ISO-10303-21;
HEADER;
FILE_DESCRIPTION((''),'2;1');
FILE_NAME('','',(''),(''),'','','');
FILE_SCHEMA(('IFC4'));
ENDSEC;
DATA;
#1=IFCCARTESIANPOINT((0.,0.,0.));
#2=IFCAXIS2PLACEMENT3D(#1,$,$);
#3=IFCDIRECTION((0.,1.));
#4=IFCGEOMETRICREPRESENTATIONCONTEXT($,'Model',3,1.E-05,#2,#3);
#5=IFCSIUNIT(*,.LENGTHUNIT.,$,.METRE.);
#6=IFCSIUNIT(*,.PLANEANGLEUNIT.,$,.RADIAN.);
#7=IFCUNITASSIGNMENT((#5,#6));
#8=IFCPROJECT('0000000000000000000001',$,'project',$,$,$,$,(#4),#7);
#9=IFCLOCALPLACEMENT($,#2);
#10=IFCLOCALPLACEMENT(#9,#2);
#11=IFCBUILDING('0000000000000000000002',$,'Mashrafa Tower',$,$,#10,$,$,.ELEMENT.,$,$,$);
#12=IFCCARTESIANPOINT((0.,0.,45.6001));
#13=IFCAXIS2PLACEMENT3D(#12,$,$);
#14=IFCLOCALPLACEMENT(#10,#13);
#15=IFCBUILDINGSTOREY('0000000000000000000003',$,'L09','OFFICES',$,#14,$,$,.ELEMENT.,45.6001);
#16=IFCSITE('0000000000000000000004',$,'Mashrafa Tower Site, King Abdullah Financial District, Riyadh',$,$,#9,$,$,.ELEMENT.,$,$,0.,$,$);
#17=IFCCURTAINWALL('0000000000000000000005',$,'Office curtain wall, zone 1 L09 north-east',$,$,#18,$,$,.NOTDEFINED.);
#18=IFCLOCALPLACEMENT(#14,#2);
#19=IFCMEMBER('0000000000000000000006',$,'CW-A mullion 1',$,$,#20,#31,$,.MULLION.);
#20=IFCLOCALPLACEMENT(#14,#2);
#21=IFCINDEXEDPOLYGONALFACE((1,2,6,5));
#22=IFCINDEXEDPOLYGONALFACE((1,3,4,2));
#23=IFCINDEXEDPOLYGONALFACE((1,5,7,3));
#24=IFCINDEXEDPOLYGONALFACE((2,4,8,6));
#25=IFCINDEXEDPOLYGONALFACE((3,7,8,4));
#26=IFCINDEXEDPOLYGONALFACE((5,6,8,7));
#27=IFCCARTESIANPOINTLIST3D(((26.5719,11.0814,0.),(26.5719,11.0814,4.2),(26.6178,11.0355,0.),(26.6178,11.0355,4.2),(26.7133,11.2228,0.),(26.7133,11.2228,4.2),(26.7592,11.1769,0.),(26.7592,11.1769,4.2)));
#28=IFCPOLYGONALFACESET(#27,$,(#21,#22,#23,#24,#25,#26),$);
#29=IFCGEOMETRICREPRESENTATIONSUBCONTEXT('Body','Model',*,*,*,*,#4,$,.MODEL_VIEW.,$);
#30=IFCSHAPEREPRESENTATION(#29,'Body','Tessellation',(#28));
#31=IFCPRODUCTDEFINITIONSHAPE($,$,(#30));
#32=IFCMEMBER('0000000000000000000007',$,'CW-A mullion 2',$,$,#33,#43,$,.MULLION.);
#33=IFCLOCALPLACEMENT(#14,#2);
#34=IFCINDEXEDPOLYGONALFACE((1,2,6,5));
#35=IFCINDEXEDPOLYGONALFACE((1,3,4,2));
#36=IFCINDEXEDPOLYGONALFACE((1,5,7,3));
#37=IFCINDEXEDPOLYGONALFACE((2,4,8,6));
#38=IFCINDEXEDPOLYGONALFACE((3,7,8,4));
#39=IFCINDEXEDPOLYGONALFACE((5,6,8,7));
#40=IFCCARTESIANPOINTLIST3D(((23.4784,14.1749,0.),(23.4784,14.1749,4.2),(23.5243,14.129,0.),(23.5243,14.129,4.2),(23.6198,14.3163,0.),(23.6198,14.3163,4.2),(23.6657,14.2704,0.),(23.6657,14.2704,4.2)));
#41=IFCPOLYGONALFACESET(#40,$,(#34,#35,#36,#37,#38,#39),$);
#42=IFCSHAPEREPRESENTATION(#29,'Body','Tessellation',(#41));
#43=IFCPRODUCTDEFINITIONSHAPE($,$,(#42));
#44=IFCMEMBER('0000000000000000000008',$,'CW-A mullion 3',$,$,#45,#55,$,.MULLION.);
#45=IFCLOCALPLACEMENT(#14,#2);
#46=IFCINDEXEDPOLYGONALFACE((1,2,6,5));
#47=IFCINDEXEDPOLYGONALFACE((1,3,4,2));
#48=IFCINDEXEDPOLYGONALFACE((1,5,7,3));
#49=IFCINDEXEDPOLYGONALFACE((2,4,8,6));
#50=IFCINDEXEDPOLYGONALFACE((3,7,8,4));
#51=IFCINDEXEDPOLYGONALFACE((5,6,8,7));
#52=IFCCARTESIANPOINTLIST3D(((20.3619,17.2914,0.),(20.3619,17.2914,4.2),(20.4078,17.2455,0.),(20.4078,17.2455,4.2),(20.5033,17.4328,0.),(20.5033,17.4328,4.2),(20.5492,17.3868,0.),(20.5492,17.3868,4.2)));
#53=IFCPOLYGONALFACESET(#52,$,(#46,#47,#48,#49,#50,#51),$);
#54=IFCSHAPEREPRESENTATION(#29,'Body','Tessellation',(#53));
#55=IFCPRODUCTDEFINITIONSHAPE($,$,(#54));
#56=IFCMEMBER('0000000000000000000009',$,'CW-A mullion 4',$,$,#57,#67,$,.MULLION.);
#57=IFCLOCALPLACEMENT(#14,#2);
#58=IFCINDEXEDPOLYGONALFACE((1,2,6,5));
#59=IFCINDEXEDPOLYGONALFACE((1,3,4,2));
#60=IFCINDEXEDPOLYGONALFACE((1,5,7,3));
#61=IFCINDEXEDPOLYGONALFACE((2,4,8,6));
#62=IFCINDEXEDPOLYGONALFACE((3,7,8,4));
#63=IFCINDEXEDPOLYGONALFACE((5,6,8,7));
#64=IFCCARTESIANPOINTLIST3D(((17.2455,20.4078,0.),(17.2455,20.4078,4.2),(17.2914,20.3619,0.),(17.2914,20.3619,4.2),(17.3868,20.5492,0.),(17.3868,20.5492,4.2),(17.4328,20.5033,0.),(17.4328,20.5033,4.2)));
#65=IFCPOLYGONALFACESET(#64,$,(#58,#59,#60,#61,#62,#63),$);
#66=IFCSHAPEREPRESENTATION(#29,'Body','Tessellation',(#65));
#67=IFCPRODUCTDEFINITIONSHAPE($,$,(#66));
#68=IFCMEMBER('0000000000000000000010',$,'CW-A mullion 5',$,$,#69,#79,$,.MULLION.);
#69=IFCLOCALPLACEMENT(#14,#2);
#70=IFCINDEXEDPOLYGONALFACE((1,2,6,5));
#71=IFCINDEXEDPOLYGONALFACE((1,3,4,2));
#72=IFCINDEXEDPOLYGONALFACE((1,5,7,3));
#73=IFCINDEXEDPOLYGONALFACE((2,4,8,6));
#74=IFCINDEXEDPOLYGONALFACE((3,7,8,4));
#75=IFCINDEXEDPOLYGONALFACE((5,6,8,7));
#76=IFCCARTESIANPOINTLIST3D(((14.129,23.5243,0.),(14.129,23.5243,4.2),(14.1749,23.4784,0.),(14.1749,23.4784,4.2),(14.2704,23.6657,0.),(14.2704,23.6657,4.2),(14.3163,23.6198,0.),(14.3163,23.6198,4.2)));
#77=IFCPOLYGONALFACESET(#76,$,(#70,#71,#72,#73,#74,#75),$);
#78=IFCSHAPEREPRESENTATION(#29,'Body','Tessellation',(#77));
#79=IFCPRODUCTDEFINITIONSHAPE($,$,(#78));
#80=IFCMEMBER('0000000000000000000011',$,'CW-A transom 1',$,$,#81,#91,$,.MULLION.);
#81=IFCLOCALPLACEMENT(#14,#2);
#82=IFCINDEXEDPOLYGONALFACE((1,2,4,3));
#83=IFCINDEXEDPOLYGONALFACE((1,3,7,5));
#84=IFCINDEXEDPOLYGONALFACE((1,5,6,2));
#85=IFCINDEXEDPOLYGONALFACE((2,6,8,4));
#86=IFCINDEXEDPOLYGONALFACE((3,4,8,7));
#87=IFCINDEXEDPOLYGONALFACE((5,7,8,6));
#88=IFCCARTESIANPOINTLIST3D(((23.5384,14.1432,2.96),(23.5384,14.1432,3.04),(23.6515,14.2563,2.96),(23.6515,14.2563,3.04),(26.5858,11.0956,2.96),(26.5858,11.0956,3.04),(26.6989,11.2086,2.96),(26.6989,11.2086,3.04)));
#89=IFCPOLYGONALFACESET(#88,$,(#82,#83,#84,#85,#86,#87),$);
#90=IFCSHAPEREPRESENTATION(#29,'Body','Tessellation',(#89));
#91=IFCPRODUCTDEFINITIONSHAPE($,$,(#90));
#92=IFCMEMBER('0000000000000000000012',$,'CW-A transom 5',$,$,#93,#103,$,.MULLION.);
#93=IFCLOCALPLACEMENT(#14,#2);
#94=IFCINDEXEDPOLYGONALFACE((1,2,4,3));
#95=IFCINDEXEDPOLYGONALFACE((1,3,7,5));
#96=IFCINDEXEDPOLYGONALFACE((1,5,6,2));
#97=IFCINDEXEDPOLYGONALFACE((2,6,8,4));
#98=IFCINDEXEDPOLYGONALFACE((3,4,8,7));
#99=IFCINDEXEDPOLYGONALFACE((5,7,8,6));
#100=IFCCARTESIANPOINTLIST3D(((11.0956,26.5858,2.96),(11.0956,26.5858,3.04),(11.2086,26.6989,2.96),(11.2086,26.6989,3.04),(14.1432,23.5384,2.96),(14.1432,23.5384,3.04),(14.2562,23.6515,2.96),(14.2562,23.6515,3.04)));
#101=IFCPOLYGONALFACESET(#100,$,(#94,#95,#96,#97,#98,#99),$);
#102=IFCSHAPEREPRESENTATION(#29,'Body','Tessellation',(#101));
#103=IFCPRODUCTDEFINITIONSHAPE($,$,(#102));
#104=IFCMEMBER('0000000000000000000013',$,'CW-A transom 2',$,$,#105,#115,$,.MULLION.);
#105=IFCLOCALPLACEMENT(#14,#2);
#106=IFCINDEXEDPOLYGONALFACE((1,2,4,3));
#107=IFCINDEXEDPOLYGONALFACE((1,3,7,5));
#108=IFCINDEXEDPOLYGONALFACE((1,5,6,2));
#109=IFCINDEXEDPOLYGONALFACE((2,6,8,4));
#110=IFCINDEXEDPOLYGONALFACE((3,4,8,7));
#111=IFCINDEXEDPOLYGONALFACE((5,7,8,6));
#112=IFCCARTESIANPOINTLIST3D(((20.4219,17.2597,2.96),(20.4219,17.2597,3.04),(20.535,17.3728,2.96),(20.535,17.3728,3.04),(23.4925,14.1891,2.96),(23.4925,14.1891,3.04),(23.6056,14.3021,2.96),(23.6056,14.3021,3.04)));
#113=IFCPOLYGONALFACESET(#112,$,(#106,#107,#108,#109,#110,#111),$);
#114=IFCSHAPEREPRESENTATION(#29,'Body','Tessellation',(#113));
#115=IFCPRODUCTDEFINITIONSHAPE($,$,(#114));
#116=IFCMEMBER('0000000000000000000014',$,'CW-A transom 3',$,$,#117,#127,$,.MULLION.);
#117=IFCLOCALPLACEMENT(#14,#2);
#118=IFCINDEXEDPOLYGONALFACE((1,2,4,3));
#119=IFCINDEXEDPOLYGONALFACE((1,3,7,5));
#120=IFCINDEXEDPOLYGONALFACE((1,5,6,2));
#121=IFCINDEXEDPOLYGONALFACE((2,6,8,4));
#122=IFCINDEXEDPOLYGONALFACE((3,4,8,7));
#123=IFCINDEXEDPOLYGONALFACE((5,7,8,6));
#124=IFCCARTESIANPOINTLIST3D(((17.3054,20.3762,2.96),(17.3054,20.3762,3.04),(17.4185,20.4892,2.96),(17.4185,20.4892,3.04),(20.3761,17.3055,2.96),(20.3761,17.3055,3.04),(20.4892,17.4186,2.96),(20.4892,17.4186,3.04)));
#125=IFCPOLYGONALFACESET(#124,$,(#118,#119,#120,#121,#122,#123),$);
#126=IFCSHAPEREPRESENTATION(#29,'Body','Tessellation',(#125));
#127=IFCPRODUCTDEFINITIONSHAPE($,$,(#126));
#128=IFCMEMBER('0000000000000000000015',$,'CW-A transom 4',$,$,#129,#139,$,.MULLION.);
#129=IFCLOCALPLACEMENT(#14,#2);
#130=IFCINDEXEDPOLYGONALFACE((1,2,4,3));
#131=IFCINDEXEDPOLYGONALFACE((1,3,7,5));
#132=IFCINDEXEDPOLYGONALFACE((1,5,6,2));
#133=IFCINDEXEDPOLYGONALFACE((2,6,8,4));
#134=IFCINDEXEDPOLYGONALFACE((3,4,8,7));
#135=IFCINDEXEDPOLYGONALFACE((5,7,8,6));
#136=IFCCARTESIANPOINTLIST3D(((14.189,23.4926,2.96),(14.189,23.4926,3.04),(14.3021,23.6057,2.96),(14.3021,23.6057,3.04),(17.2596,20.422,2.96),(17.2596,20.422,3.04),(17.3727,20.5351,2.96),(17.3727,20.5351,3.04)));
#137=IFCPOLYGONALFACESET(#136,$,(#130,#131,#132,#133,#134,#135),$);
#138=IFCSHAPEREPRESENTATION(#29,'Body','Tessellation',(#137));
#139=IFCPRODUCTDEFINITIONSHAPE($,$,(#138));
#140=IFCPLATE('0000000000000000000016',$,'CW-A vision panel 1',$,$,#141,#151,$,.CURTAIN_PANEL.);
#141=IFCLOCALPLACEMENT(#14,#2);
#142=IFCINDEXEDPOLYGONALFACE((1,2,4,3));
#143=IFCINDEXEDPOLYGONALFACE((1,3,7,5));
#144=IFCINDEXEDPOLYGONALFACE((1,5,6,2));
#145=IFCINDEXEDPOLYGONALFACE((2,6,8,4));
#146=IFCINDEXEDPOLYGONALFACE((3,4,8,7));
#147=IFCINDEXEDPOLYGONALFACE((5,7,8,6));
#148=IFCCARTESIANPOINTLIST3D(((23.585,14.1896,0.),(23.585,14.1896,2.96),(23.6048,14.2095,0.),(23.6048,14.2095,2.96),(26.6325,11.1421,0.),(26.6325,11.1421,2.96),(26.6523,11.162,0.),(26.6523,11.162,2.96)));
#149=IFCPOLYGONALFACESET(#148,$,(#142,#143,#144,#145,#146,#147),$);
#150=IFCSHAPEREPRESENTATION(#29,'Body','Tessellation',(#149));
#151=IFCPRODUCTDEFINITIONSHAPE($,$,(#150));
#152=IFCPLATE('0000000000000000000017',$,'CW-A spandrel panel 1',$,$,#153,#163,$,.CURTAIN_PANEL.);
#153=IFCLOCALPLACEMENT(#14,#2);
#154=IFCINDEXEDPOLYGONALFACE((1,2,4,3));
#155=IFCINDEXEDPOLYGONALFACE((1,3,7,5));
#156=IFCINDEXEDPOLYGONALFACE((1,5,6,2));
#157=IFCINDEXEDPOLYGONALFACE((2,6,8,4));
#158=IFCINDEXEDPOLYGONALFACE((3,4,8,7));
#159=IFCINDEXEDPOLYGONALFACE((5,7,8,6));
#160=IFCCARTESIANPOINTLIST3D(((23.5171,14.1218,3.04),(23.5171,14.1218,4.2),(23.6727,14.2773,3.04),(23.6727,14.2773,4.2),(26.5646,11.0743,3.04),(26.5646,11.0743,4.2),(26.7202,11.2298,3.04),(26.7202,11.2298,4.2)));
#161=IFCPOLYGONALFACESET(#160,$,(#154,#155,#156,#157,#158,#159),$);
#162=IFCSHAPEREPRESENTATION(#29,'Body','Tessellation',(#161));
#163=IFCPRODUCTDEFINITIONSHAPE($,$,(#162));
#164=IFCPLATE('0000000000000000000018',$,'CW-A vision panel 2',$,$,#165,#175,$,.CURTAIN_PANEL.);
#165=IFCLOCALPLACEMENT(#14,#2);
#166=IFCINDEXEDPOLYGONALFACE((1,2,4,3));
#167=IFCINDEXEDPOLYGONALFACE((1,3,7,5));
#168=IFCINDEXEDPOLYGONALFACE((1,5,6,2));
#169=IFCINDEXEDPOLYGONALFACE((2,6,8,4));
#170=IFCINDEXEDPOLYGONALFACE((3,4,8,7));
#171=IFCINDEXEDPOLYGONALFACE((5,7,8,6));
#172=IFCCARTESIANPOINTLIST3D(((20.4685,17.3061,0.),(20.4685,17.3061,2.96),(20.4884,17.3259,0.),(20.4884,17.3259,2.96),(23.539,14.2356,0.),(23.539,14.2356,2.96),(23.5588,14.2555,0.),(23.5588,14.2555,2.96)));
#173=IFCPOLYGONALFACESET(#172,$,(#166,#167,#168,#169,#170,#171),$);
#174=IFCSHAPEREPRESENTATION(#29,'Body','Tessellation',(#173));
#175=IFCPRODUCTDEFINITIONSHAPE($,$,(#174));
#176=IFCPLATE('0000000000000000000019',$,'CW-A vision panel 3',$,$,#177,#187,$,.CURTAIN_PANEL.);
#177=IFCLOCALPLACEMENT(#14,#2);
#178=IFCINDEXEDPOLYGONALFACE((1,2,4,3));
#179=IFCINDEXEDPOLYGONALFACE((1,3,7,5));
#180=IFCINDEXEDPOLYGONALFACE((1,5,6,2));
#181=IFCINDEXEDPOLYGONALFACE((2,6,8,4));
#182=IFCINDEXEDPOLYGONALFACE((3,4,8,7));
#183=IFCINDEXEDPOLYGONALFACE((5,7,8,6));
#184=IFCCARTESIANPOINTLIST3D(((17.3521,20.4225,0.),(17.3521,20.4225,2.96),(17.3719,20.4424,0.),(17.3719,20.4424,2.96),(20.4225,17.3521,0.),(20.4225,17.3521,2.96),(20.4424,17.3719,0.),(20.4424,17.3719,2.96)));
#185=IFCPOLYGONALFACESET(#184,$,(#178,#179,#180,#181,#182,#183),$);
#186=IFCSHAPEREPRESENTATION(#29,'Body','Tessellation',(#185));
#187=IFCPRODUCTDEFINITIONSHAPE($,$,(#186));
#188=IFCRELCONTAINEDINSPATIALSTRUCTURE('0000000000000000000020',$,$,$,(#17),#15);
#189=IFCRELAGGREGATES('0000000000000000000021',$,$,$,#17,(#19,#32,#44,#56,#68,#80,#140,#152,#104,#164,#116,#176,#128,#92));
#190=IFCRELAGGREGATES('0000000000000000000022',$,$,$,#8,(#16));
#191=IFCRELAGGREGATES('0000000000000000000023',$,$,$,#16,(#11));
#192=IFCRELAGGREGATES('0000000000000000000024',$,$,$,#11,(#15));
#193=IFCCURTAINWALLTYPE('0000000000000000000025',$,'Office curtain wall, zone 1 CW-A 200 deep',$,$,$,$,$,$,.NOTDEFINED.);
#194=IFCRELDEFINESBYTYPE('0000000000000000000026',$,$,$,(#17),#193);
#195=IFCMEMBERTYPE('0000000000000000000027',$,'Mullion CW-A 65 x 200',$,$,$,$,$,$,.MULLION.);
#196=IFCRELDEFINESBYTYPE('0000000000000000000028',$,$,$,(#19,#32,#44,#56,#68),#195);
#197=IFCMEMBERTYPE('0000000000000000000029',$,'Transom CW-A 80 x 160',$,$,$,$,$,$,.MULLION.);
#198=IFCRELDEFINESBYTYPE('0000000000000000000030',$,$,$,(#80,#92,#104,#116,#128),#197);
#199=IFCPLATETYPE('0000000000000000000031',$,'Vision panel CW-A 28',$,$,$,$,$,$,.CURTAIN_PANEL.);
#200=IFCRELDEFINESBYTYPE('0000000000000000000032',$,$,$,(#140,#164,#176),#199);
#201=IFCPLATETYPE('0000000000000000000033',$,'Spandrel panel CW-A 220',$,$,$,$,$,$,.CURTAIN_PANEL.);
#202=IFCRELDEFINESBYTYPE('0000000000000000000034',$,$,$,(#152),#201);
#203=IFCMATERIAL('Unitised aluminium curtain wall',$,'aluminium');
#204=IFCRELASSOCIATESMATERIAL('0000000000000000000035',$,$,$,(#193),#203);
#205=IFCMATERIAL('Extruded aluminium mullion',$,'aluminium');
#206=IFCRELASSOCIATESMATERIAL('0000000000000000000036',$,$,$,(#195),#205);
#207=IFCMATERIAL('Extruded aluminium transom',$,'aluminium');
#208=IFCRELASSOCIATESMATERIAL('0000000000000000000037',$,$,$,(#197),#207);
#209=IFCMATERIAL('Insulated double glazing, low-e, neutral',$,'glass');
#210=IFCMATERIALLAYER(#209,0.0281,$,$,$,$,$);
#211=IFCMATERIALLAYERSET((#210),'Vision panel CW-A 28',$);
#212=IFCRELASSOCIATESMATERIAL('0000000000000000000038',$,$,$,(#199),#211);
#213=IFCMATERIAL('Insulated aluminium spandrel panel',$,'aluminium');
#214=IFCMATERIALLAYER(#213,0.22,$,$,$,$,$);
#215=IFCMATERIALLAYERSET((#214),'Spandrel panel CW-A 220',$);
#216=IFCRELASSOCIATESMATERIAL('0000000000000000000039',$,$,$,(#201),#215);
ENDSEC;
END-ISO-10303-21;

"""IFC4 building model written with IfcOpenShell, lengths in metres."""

from ifc_helpers import new_model, si_unit, direction, frame, origin, origin_2d, place, context, subcontext, project, spatial, rectangle, extrude, source, transform, mapped, material, layer, layer_set, material_profile, profile_set, type_object, type_shapes, element, aggregate, save


model = new_model("IFC4")

# Units and contexts
model_context = context("Model", 3, precision=1e-05, world=origin(), true_north=direction((0.0, 1.0)))
body_context = subcontext(model_context, "Body", "Model", "MODEL_VIEW")
ifc_project = project(units=[si_unit("LENGTHUNIT", "METRE"), si_unit("PLANEANGLEUNIT", "RADIAN")], contexts=[model_context])

# Site, building, storey
site_placement = place(None, origin())
site = spatial("IfcSite", under=ifc_project, at=site_placement, Name="Mashrafa Tower Site, King Abdullah Financial District, Riyadh", CompositionType="ELEMENT", RefElevation=0.0)
building_placement = place(site_placement, origin())
building = spatial("IfcBuilding", under=site, at=building_placement, Name="Mashrafa Tower", CompositionType="ELEMENT")
storey_placement = place(building_placement, frame((0.0, 0.0, 45.6001)))
storey = spatial("IfcBuildingStorey", under=building, at=storey_placement, Name="L09", Description="OFFICES", CompositionType="ELEMENT", Elevation=45.6001)

# Shared definitions
ifc_material_1 = material(Name="Unitised aluminium curtain wall", Category="aluminium")
curtain_wall_type = type_object("IfcCurtainWallType", Name="Office curtain wall, zone 1 CW-A 200 deep", PredefinedType="NOTDEFINED", material=ifc_material_1)
ifc_material_2 = material(Name="Extruded aluminium mullion", Category="aluminium")
ifc_material_profile_1 = material_profile(ifc_material_2, rectangle(XDim=0.2, YDim=0.0649, at=origin_2d()), Name="Mullion 65x200")
ifc_profile_set_1 = profile_set([ifc_material_profile_1], Name="Extruded aluminium mullion")
member_type_1 = type_object("IfcMemberType", Name="Mullion CW-A 65 x 200", PredefinedType="MULLION", material=ifc_profile_set_1)
shared_shape_1 = source(origin(), body_context, "Body", "SweptSolid", [
    extrude(rectangle(XDim=0.2, YDim=0.0649, at=origin_2d()), origin(), (0.0, 0.0, 1.0), 4.2),
])
type_shapes(member_type_1, [shared_shape_1])

# Curtain wall, members, plates
curtain_wall_1_placement = place(storey_placement, origin())
curtain_wall_1 = element("IfcCurtainWall", 1, at=curtain_wall_1_placement, inside=storey, type_object=curtain_wall_type, Name="Office curtain wall, zone 1 L09 north-east", PredefinedType="NOTDEFINED")
member_1_placement = place(storey_placement, frame((26.6655, 11.1292, 0.0), z_axis=(0.0, 0.0, 1.0), x_axis=(-0.707107, -0.707107, 0.0)))
member_1 = element("IfcMember", 2, at=member_1_placement, type_object=member_type_1, Name="CW-A mullion 1", PredefinedType="MULLION", context=body_context, shape_type="MappedRepresentation", body=[
    mapped(shared_shape_1, transform((0.0, 0.0, 0.0))),
])
member_2_placement = place(storey_placement, frame((23.572, 14.2227, 0.0), z_axis=(0.0, 0.0, 1.0), x_axis=(-0.707107, -0.707107, 0.0)))
member_2 = element("IfcMember", 3, at=member_2_placement, type_object=member_type_1, Name="CW-A mullion 2", PredefinedType="MULLION", context=body_context, shape_type="MappedRepresentation", body=[
    mapped(shared_shape_1, transform((0.0, 0.0, 0.0))),
])
member_3_placement = place(storey_placement, frame((20.4556, 17.3391, 0.0), z_axis=(0.0, 0.0, 1.0), x_axis=(-0.707107, -0.707107, 0.0)))
member_3 = element("IfcMember", 4, at=member_3_placement, type_object=member_type_1, Name="CW-A mullion 3", PredefinedType="MULLION", context=body_context, shape_type="MappedRepresentation", body=[
    mapped(shared_shape_1, transform((0.0, 0.0, 0.0))),
])
member_4_placement = place(storey_placement, frame((17.3391, 20.4556, 0.0), z_axis=(0.0, 0.0, 1.0), x_axis=(-0.707107, -0.707107, 0.0)))
member_4 = element("IfcMember", 5, at=member_4_placement, type_object=member_type_1, Name="CW-A mullion 4", PredefinedType="MULLION", context=body_context, shape_type="MappedRepresentation", body=[
    mapped(shared_shape_1, transform((0.0, 0.0, 0.0))),
])
member_5_placement = place(storey_placement, frame((14.2227, 23.572, 0.0), z_axis=(0.0, 0.0, 1.0), x_axis=(-0.707107, -0.707107, 0.0)))
member_5 = element("IfcMember", 6, at=member_5_placement, type_object=member_type_1, Name="CW-A mullion 5", PredefinedType="MULLION", context=body_context, shape_type="MappedRepresentation", body=[
    mapped(shared_shape_1, transform((0.0, 0.0, 0.0))),
])
ifc_material_3 = material(Name="Extruded aluminium transom", Category="aluminium")
ifc_material_profile_2 = material_profile(ifc_material_3, rectangle(XDim=0.1599, YDim=0.0801, at=origin_2d()), Name="Transom 80x160")
ifc_profile_set_2 = profile_set([ifc_material_profile_2], Name="Extruded aluminium transom")
member_type_2 = type_object("IfcMemberType", Name="Transom CW-A 80 x 160", PredefinedType="MULLION", material=ifc_profile_set_2)
shared_shape_2 = source(origin(), body_context, "Body", "SweptSolid", [
    extrude(rectangle(XDim=0.1599, YDim=0.0801, at=origin_2d()), origin(), (0.0, 0.0, 1.0), 4.3098),
])
member_6_placement = place(storey_placement, frame((26.6423, 11.1521, 3.0), z_axis=(-0.707078, 0.707135, 0.0), x_axis=(-0.707135, -0.707078, 0.0)))
member_6 = element("IfcMember", 7, at=member_6_placement, type_object=member_type_2, Name="CW-A transom 1", PredefinedType="MULLION", context=body_context, shape_type="MappedRepresentation", body=[
    mapped(shared_shape_2, transform((0.0, 0.0, 0.0))),
])
member_7_placement = place(storey_placement, frame((14.1997, 23.595, 3.0), z_axis=(-0.707135, 0.707078, 0.0), x_axis=(-0.707078, -0.707135, 0.0)))
member_7 = element("IfcMember", 8, at=member_7_placement, type_object=member_type_2, Name="CW-A transom 5", PredefinedType="MULLION", context=body_context, shape_type="MappedRepresentation", body=[
    mapped(shared_shape_2, transform((0.0, 0.0, 0.0))),
])
shared_shape_3 = source(origin(), body_context, "Body", "SweptSolid", [
    extrude(rectangle(XDim=0.1599, YDim=0.0801, at=origin_2d()), origin(), (0.0, 0.0, 1.0), 4.3425),
])
type_shapes(member_type_2, [shared_shape_2, shared_shape_3])
member_8_placement = place(storey_placement, frame((23.5491, 14.2456, 3.0), z_axis=(-0.707107, 0.707107, 0.0), x_axis=(-0.707107, -0.707107, 0.0)))
member_8 = element("IfcMember", 9, at=member_8_placement, type_object=member_type_2, Name="CW-A transom 2", PredefinedType="MULLION", context=body_context, shape_type="MappedRepresentation", body=[
    mapped(shared_shape_3, transform((0.0, 0.0, 0.0))),
])
member_9_placement = place(storey_placement, frame((20.4326, 17.3621, 3.0), z_axis=(-0.707107, 0.707107, 0.0), x_axis=(-0.707107, -0.707107, 0.0)))
member_9 = element("IfcMember", 10, at=member_9_placement, type_object=member_type_2, Name="CW-A transom 3", PredefinedType="MULLION", context=body_context, shape_type="MappedRepresentation", body=[
    mapped(shared_shape_3, transform((0.0, 0.0, 0.0))),
])
member_10_placement = place(storey_placement, frame((17.3162, 20.4785, 3.0), z_axis=(-0.707107, 0.707107, 0.0), x_axis=(-0.707107, -0.707107, 0.0)))
member_10 = element("IfcMember", 11, at=member_10_placement, type_object=member_type_2, Name="CW-A transom 4", PredefinedType="MULLION", context=body_context, shape_type="MappedRepresentation", body=[
    mapped(shared_shape_3, transform((0.0, 0.0, 0.0))),
])
ifc_material_4 = material(Name="Insulated double glazing, low-e, neutral", Category="glass")
ifc_layer_1 = layer(ifc_material_4, 0.0281)
ifc_layer_set_1 = layer_set([ifc_layer_1], Name="Vision panel CW-A 28")
plate_type_1 = type_object("IfcPlateType", Name="Vision panel CW-A 28", PredefinedType="CURTAIN_PANEL", material=ifc_layer_set_1)
shared_shape_4 = source(origin(), body_context, "Body", "SweptSolid", [
    extrude(rectangle(XDim=4.3098, YDim=0.0281, at=origin_2d()), origin(), (0.0, 0.0, 1.0), 2.96),
])
plate_1_placement = place(storey_placement, frame((25.1187, 12.6758, 0.0), z_axis=(0.0, 0.0, 1.0), x_axis=(-0.707107, 0.707107, 0.0)))
plate_1 = element("IfcPlate", 12, at=plate_1_placement, type_object=plate_type_1, Name="CW-A vision panel 1", PredefinedType="CURTAIN_PANEL", context=body_context, shape_type="MappedRepresentation", body=[
    mapped(shared_shape_4, transform((0.0, 0.0, 0.0))),
])
ifc_material_5 = material(Name="Insulated aluminium spandrel panel", Category="aluminium")
ifc_layer_2 = layer(ifc_material_5, 0.22)
ifc_layer_set_2 = layer_set([ifc_layer_2], Name="Spandrel panel CW-A 220")
plate_type_2 = type_object("IfcPlateType", Name="Spandrel panel CW-A 220", PredefinedType="CURTAIN_PANEL", material=ifc_layer_set_2)
shared_shape_5 = source(origin(), body_context, "Body", "SweptSolid", [
    extrude(rectangle(XDim=4.3098, YDim=0.22, at=origin_2d()), origin(), (0.0, 0.0, 1.0), 1.1599),
])
plate_2_placement = place(storey_placement, frame((25.1187, 12.6758, 3.04), z_axis=(0.0, 0.0, 1.0), x_axis=(-0.707107, 0.707107, 0.0)))
plate_2 = element("IfcPlate", 13, at=plate_2_placement, type_object=plate_type_2, Name="CW-A spandrel panel 1", PredefinedType="CURTAIN_PANEL", context=body_context, shape_type="MappedRepresentation", body=[
    mapped(shared_shape_5, transform((0.0, 0.0, 0.0))),
])
shared_shape_6 = source(origin(), body_context, "Body", "SweptSolid", [
    extrude(rectangle(XDim=4.3423, YDim=0.0281, at=origin_2d()), origin(), (0.0, 0.0, 1.0), 2.96),
])
type_shapes(plate_type_1, [shared_shape_4, shared_shape_6])
plate_3_placement = place(storey_placement, frame((22.0137, 15.7808, 0.0), z_axis=(0.0, 0.0, 1.0), x_axis=(-0.707107, 0.707107, 0.0)))
plate_3 = element("IfcPlate", 14, at=plate_3_placement, type_object=plate_type_1, Name="CW-A vision panel 2", PredefinedType="CURTAIN_PANEL", context=body_context, shape_type="MappedRepresentation", body=[
    mapped(shared_shape_6, transform((0.0, 0.0, 0.0))),
])
plate_4_placement = place(storey_placement, frame((18.8972, 18.8972, 0.0), z_axis=(0.0, 0.0, 1.0), x_axis=(-0.707107, 0.707107, 0.0)))
plate_4 = element("IfcPlate", 15, at=plate_4_placement, type_object=plate_type_1, Name="CW-A vision panel 3", PredefinedType="CURTAIN_PANEL", context=body_context, shape_type="MappedRepresentation", body=[
    mapped(shared_shape_6, transform((0.0, 0.0, 0.0))),
])
aggregate(curtain_wall_1, [member_1, member_2, member_3, member_4, member_5, member_6, plate_1, plate_2, member_8, plate_3, member_9, plate_4, member_10, member_7])

save(model, "model.ifc")
